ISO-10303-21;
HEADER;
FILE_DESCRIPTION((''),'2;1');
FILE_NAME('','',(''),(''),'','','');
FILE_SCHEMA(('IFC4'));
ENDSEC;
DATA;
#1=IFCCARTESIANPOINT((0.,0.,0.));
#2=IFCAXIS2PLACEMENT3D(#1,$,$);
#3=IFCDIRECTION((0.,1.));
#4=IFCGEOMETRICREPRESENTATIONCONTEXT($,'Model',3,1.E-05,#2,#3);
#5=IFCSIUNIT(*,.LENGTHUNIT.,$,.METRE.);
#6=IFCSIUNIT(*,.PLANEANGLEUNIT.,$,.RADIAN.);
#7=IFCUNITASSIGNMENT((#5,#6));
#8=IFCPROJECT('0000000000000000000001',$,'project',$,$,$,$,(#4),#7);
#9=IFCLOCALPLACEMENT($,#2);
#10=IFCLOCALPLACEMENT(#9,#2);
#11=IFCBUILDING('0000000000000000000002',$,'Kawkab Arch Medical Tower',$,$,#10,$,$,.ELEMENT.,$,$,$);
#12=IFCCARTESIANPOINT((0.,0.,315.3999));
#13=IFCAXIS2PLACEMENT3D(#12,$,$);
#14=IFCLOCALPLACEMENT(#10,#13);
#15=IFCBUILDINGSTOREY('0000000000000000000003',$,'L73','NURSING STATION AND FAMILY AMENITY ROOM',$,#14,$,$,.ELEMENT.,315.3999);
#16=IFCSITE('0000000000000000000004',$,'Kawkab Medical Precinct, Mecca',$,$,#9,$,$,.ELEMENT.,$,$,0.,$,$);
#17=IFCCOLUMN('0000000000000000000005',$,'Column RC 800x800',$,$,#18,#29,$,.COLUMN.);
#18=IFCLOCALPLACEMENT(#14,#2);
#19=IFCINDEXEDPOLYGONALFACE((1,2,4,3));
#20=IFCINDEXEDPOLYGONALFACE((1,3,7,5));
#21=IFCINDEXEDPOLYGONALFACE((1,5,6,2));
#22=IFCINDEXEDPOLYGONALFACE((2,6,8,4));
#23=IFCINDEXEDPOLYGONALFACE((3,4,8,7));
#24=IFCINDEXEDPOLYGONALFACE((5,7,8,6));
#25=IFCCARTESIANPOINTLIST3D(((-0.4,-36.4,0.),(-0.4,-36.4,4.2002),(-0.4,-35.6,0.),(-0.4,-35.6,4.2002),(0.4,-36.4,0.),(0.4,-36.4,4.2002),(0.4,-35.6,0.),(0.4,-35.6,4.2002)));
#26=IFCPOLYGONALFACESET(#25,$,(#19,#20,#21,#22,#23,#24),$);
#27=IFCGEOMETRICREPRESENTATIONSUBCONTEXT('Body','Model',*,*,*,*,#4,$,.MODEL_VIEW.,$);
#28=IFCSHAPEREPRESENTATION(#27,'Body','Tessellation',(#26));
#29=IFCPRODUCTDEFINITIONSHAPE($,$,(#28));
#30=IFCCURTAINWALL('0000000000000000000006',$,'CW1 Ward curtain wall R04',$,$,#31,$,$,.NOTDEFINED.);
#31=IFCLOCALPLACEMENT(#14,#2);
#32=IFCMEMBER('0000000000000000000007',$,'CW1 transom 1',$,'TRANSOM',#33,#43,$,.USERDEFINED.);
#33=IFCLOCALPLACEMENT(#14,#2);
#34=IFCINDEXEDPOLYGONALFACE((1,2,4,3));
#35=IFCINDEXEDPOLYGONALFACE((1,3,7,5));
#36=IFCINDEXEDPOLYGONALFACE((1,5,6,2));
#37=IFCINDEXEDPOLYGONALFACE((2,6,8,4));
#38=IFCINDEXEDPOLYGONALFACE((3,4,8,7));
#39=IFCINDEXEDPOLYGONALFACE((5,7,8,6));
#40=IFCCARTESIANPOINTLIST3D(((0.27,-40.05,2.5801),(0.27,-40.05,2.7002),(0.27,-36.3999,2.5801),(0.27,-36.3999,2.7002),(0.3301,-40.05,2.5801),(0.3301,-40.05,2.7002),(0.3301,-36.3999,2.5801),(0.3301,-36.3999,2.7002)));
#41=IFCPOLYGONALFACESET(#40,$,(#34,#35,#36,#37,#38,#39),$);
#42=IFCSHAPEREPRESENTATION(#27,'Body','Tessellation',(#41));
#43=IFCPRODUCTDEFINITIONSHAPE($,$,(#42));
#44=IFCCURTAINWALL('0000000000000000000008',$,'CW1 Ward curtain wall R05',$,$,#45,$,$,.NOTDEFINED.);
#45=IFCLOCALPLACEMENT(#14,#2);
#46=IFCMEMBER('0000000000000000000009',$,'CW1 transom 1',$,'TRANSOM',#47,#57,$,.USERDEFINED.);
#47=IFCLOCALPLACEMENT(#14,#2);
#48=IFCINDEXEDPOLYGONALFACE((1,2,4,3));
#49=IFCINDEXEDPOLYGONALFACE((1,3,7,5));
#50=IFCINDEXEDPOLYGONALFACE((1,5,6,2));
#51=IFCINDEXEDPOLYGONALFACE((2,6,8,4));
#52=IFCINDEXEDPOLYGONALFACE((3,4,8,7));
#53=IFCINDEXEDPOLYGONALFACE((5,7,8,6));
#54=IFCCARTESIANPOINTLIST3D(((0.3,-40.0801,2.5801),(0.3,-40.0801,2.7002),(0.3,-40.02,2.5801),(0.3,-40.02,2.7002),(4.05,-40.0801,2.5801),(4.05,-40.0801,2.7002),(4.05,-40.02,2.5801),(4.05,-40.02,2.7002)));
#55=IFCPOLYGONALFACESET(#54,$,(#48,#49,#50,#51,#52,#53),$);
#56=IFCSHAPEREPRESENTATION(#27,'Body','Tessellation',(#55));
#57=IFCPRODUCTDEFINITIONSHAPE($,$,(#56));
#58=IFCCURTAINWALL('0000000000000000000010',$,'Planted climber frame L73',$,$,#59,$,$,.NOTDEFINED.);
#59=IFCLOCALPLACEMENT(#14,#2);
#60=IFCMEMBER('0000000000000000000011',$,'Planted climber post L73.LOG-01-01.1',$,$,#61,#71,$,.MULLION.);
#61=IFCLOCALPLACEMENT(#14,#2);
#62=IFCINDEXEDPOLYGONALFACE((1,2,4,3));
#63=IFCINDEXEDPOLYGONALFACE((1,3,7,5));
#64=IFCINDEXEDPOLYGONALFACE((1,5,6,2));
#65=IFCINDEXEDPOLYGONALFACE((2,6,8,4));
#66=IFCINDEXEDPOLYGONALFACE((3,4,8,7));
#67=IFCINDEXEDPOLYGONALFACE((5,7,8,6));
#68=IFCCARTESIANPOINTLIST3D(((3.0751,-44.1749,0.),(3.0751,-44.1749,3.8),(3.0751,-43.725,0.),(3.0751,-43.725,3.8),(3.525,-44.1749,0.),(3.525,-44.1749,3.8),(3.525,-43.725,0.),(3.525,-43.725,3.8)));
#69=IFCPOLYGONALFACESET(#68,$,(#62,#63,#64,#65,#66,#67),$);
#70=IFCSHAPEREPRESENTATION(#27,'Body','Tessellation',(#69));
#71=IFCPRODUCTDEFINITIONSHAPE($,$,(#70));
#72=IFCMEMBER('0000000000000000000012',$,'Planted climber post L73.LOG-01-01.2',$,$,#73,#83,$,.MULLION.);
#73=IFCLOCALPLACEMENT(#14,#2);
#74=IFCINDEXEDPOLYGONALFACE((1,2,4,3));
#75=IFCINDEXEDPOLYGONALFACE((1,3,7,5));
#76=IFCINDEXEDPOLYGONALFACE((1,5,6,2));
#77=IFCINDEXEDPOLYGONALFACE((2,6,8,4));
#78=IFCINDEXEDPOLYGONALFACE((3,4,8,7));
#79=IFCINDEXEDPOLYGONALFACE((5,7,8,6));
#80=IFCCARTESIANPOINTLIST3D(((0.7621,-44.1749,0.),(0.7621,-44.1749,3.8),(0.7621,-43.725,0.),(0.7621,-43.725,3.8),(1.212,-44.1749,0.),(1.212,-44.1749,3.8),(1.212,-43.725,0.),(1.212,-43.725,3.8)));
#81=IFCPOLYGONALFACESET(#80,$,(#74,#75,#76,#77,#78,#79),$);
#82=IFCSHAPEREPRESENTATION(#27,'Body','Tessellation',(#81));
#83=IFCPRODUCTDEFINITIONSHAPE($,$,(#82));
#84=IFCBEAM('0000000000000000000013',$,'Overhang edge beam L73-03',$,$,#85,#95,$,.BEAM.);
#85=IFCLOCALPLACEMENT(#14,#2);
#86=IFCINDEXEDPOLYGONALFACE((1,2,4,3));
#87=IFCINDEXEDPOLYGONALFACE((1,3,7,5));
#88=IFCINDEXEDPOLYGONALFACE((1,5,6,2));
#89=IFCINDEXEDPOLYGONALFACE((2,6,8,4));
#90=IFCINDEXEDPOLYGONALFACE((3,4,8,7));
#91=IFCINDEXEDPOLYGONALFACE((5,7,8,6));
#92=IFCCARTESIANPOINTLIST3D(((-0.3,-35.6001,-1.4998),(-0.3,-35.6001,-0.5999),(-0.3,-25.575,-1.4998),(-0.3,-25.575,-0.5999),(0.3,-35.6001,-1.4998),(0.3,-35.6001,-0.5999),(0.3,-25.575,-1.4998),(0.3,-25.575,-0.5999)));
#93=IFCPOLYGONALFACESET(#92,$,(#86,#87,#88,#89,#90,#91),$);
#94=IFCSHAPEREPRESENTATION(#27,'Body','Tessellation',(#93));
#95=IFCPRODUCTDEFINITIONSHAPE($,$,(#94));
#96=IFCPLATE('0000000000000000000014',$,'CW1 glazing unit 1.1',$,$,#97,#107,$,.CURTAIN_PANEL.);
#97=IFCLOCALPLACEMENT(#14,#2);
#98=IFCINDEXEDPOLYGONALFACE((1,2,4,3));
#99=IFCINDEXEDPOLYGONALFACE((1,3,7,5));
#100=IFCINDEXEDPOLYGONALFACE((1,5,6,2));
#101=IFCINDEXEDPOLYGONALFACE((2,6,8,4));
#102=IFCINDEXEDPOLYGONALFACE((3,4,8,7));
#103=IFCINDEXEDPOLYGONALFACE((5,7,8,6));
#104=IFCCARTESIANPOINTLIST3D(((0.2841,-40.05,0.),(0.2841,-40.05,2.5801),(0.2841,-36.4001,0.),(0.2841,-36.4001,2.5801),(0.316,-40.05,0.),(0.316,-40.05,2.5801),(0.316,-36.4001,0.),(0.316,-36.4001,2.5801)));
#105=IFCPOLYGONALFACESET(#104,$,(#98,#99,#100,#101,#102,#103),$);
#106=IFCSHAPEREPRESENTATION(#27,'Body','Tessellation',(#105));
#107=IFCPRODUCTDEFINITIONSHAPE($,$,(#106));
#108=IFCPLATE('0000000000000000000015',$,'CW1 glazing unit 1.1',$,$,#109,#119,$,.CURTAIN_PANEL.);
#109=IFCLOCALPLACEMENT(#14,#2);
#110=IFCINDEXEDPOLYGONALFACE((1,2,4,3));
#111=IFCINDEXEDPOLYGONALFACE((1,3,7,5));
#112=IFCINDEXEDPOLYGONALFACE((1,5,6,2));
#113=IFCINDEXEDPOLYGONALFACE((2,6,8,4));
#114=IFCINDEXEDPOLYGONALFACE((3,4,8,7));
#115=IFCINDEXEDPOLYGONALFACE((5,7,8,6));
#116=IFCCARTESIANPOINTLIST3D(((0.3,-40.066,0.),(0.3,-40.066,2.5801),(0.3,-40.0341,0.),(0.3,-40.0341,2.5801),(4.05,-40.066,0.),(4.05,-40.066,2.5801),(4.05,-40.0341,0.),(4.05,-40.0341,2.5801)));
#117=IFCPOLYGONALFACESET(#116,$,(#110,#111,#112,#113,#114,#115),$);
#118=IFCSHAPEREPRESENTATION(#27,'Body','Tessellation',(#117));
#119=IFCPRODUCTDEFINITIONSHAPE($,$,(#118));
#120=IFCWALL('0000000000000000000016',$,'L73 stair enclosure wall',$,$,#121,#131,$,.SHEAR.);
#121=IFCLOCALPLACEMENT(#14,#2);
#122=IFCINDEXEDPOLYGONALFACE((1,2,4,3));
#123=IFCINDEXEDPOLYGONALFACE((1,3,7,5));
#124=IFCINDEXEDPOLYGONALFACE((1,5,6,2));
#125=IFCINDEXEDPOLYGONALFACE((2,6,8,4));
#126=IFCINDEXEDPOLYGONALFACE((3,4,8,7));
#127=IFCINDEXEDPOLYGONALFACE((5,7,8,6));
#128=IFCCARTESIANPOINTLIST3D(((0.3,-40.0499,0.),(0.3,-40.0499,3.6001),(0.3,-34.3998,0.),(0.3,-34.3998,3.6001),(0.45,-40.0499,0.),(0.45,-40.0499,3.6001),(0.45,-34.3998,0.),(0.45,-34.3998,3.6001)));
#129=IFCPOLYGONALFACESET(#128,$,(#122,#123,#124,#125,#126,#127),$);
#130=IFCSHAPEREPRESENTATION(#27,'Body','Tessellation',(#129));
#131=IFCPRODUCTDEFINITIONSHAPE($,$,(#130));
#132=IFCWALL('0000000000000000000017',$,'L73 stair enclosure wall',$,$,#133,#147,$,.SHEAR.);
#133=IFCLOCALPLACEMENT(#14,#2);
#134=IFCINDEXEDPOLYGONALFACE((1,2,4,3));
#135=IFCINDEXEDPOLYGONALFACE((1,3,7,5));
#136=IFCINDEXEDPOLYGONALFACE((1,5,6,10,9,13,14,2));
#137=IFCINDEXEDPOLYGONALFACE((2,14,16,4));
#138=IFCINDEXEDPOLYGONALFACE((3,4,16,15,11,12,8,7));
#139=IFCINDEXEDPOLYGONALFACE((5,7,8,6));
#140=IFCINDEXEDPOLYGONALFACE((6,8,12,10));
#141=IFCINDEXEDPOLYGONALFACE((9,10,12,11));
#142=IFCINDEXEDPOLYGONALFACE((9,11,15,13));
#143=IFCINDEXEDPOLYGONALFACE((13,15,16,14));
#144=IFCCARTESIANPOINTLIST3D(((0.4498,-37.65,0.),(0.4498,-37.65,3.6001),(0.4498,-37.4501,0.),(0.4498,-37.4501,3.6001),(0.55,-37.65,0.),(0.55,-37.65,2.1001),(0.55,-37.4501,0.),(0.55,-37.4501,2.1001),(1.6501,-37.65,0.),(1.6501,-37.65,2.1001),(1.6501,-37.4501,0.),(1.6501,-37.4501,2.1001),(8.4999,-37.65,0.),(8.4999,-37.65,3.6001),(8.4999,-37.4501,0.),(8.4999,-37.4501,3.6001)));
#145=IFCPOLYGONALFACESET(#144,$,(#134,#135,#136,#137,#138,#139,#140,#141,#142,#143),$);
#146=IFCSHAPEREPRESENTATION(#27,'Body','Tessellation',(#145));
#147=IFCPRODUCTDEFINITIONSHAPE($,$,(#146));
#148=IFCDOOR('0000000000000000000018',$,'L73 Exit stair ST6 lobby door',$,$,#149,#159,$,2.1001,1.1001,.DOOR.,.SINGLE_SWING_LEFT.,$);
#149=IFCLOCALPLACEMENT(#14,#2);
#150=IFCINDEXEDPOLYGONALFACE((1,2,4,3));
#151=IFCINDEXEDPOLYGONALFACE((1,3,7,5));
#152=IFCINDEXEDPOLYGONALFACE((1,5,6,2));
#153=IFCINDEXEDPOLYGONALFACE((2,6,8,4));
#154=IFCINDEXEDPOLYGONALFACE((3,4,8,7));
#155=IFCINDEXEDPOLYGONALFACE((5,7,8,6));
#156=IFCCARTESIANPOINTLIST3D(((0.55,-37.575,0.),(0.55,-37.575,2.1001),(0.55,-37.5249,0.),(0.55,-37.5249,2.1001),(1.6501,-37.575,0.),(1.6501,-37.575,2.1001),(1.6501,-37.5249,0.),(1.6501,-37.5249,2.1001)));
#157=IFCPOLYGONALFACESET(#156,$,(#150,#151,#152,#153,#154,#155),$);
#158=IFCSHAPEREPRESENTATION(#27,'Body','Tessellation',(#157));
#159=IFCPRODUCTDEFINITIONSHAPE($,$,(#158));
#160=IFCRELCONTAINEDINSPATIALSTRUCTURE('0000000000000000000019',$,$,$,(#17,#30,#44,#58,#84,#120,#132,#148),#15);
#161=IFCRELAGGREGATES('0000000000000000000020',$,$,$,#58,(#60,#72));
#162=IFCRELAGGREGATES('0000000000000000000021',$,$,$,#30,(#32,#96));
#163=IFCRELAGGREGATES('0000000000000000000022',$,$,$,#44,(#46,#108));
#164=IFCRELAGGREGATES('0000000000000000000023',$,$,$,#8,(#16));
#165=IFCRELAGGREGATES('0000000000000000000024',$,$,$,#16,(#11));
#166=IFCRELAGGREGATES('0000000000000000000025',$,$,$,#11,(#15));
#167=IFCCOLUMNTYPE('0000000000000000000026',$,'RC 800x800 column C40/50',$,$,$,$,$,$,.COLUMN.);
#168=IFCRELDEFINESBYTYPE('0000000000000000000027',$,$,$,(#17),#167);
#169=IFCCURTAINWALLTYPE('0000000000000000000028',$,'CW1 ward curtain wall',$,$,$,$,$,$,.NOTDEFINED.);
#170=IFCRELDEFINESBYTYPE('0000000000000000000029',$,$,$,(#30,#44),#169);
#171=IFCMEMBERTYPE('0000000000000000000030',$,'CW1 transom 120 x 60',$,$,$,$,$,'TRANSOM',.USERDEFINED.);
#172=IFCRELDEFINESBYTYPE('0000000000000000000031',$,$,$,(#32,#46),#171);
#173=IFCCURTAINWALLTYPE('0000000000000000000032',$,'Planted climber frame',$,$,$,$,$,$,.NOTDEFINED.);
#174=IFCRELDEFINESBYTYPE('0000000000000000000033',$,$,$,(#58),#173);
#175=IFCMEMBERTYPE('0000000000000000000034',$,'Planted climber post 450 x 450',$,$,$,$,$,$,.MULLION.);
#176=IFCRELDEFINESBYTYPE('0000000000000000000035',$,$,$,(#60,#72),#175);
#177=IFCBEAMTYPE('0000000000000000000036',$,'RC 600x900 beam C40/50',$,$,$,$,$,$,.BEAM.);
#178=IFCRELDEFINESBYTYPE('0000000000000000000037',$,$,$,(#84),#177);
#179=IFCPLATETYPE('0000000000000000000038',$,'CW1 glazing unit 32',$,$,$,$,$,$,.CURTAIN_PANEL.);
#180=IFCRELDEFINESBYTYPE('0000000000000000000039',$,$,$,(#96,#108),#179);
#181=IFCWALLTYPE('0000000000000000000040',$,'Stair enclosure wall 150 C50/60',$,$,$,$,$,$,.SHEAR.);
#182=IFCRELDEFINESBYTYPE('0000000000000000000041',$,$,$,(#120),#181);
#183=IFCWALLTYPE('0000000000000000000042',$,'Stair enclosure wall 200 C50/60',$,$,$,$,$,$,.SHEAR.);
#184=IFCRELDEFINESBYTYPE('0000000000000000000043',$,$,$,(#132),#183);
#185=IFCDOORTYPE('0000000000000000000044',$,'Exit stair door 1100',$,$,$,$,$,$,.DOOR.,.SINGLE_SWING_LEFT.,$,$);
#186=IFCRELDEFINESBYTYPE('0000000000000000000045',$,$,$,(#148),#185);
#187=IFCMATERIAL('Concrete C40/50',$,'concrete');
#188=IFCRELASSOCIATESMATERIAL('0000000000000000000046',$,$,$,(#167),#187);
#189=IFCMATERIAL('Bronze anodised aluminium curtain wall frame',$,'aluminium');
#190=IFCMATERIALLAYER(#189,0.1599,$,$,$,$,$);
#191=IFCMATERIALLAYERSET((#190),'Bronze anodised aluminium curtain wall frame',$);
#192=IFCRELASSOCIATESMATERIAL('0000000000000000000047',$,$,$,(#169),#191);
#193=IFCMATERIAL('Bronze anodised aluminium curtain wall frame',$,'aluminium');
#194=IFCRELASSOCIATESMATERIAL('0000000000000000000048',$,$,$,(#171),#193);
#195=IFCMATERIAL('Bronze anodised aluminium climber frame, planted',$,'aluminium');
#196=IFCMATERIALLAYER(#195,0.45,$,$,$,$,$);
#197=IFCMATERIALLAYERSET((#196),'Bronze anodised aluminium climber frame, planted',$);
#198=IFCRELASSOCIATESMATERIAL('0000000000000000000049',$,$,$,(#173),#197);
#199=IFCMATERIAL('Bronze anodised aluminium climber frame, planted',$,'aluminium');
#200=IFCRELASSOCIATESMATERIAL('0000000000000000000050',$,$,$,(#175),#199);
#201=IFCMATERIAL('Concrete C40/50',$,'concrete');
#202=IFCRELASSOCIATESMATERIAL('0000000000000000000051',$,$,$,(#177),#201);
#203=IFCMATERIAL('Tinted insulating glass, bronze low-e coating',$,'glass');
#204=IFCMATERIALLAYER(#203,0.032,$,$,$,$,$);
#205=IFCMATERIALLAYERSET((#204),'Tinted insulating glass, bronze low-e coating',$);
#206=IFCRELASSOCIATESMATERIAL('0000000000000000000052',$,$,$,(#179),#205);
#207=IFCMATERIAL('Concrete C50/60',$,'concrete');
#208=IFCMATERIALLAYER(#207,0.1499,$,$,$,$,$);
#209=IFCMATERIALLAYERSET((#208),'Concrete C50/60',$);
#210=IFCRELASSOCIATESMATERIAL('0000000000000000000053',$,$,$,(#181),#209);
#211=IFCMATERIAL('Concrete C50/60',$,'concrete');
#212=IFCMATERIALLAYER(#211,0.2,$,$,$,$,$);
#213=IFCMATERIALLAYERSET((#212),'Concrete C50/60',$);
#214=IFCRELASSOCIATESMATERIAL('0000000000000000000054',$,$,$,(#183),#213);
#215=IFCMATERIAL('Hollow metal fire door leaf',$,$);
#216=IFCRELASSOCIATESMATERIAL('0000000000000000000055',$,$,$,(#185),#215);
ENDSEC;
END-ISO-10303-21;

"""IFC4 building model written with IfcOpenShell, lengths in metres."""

from ifc_helpers import new_model, si_unit, direction, frame, frame_2d, origin, origin_2d, place, context, subcontext, project, spatial, rectangle, extrude, material, layer, layer_set, material_profile, profile_set, type_object, element, fill, aggregate, save


model = new_model("IFC4")

# Units and contexts
model_context = context("Model", 3, precision=1e-05, world=origin(), true_north=direction((0.0, 1.0)))
body_context = subcontext(model_context, "Body", "Model", "MODEL_VIEW")
ifc_project = project(units=[si_unit("LENGTHUNIT", "METRE"), si_unit("PLANEANGLEUNIT", "RADIAN")], contexts=[model_context])

# Site, building, storey
site_placement = place(None, origin())
site = spatial("IfcSite", under=ifc_project, at=site_placement, Name="Kawkab Medical Precinct, Mecca", CompositionType="ELEMENT", RefElevation=0.0)
building_placement = place(site_placement, origin())
building = spatial("IfcBuilding", under=site, at=building_placement, Name="Kawkab Arch Medical Tower", CompositionType="ELEMENT")
storey_placement = place(building_placement, frame((0.0, 0.0, 315.3999)))
storey = spatial("IfcBuildingStorey", under=building, at=storey_placement, Name="L73", Description="NURSING STATION AND FAMILY AMENITY ROOM", CompositionType="ELEMENT", Elevation=315.3999)

# Column
ifc_material_1 = material(Name="Concrete C40/50", Category="concrete")
ifc_material_profile_1 = material_profile(ifc_material_1, rectangle(XDim=0.8, YDim=0.8, at=origin_2d()), Name="RC 800x800")
ifc_profile_set_1 = profile_set([ifc_material_profile_1], Name="Concrete C40/50")
column_type = type_object("IfcColumnType", Name="RC 800x800 column C40/50", PredefinedType="COLUMN", material=ifc_profile_set_1)
column_placement = place(storey_placement, frame((0.0, -36.0, 0.0), z_axis=(0.0, 0.0, 1.0), x_axis=(1.0, 0.0, 0.0)))
element("IfcColumn", 1, at=column_placement, inside=storey, type_object=column_type, Name="Column RC 800x800", PredefinedType="COLUMN", context=body_context, shape_type="SweptSolid", body=[
    extrude(rectangle(XDim=0.8, YDim=0.8, at=origin_2d()), origin(), (0.0, 0.0, 1.0), 4.2002),
])

# Curtain walls, members
ifc_material_2 = material(Name="Bronze anodised aluminium curtain wall frame", Category="aluminium")
ifc_layer_1 = layer(ifc_material_2, 0.1599)
ifc_layer_set_1 = layer_set([ifc_layer_1], Name="Bronze anodised aluminium curtain wall frame")
curtain_wall_type_1 = type_object("IfcCurtainWallType", Name="CW1 ward curtain wall", PredefinedType="NOTDEFINED", material=ifc_layer_set_1)
placement = place(storey_placement, origin())
curtain_wall_1 = element("IfcCurtainWall", 2, at=placement, inside=storey, type_object=curtain_wall_type_1, Name="CW1 Ward curtain wall R04", PredefinedType="NOTDEFINED")
ifc_material_3 = material(Name="Bronze anodised aluminium curtain wall frame", Category="aluminium")
ifc_material_profile_2 = material_profile(ifc_material_3, rectangle(XDim=0.0601, YDim=0.1201, at=origin_2d()), Name="AL 60x120")
ifc_profile_set_2 = profile_set([ifc_material_profile_2], Name="Bronze anodised aluminium curtain wall frame")
member_type_1 = type_object("IfcMemberType", Name="CW1 transom 120 x 60", ElementType="TRANSOM", PredefinedType="USERDEFINED", material=ifc_profile_set_2)
member_1_placement = place(storey_placement, frame((0.3, -36.3999, 2.6401), z_axis=(0.0, -1.0, 0.0), x_axis=(1.0, 0.0, 0.0)))
member_1 = element("IfcMember", 3, at=member_1_placement, type_object=member_type_1, Name="CW1 transom 1", ObjectType="TRANSOM", PredefinedType="USERDEFINED", context=body_context, shape_type="SweptSolid", body=[
    extrude(rectangle(XDim=0.0601, YDim=0.1201, at=origin_2d()), origin(), (0.0, 0.0, 1.0), 3.6501),
])
curtain_wall_2 = element("IfcCurtainWall", 4, at=placement, inside=storey, type_object=curtain_wall_type_1, Name="CW1 Ward curtain wall R05", PredefinedType="NOTDEFINED")
member_2_placement = place(storey_placement, frame((0.3, -40.05, 2.6401), z_axis=(1.0, 0.0, 0.0), x_axis=(0.0, 1.0, 0.0)))
member_2 = element("IfcMember", 5, at=member_2_placement, type_object=member_type_1, Name="CW1 transom 1", ObjectType="TRANSOM", PredefinedType="USERDEFINED", context=body_context, shape_type="SweptSolid", body=[
    extrude(rectangle(XDim=0.0601, YDim=0.1201, at=origin_2d()), origin(), (0.0, 0.0, 1.0), 3.75),
])

# Curtain wall, members
ifc_material_4 = material(Name="Bronze anodised aluminium climber frame, planted", Category="aluminium")
ifc_layer_2 = layer(ifc_material_4, 0.45)
ifc_layer_set_2 = layer_set([ifc_layer_2], Name="Bronze anodised aluminium climber frame, planted")
curtain_wall_type_2 = type_object("IfcCurtainWallType", Name="Planted climber frame", PredefinedType="NOTDEFINED", material=ifc_layer_set_2)
curtain_wall_3 = element("IfcCurtainWall", 6, at=placement, inside=storey, type_object=curtain_wall_type_2, Name="Planted climber frame L73", PredefinedType="NOTDEFINED")
ifc_material_5 = material(Name="Bronze anodised aluminium climber frame, planted", Category="aluminium")
ifc_material_profile_3 = material_profile(ifc_material_5, rectangle(XDim=0.45, YDim=0.45, at=origin_2d()), Name="Post 450x450")
ifc_profile_set_3 = profile_set([ifc_material_profile_3], Name="Bronze anodised aluminium climber frame, planted")
member_type_2 = type_object("IfcMemberType", Name="Planted climber post 450 x 450", PredefinedType="MULLION", material=ifc_profile_set_3)
member_3_placement = place(storey_placement, frame((3.3, -43.95, 0.0), z_axis=(0.0, 0.0, 1.0), x_axis=(1.0, 0.0, 0.0)))
member_3 = element("IfcMember", 7, at=member_3_placement, type_object=member_type_2, Name="Planted climber post L73.LOG-01-01.1", PredefinedType="MULLION", context=body_context, shape_type="SweptSolid", body=[
    extrude(rectangle(XDim=0.45, YDim=0.45, at=origin_2d()), origin(), (0.0, 0.0, 1.0), 3.8),
])
member_4_placement = place(storey_placement, frame((0.9871, -43.95, 0.0), z_axis=(0.0, 0.0, 1.0), x_axis=(1.0, 0.0, 0.0)))
member_4 = element("IfcMember", 8, at=member_4_placement, type_object=member_type_2, Name="Planted climber post L73.LOG-01-01.2", PredefinedType="MULLION", context=body_context, shape_type="SweptSolid", body=[
    extrude(rectangle(XDim=0.45, YDim=0.45, at=origin_2d()), origin(), (0.0, 0.0, 1.0), 3.8),
])
aggregate(curtain_wall_3, [member_3, member_4])

# Beam
ifc_material_6 = material(Name="Concrete C40/50", Category="concrete")
ifc_material_profile_4 = material_profile(ifc_material_6, rectangle(XDim=0.6001, YDim=0.8999, at=origin_2d()), Name="RC 600x900")
ifc_profile_set_4 = profile_set([ifc_material_profile_4], Name="Concrete C40/50")
beam_type = type_object("IfcBeamType", Name="RC 600x900 beam C40/50", PredefinedType="BEAM", material=ifc_profile_set_4)
beam_placement = place(storey_placement, frame((0.0, -35.6001, -1.0498), z_axis=(0.0, 1.0, 0.0), x_axis=(-1.0, 0.0, 0.0)))
element("IfcBeam", 9, at=beam_placement, inside=storey, type_object=beam_type, Name="Overhang edge beam L73-03", PredefinedType="BEAM", context=body_context, shape_type="SweptSolid", body=[
    extrude(rectangle(XDim=0.6001, YDim=0.8999, at=origin_2d()), origin(), (0.0, 0.0, 1.0), 10.0251),
])

# Plates
ifc_material_7 = material(Name="Tinted insulating glass, bronze low-e coating", Category="glass")
ifc_layer_3 = layer(ifc_material_7, 0.032)
ifc_layer_set_3 = layer_set([ifc_layer_3], Name="Tinted insulating glass, bronze low-e coating")
plate_type = type_object("IfcPlateType", Name="CW1 glazing unit 32", PredefinedType="CURTAIN_PANEL", material=ifc_layer_set_3)
plate_1_placement = place(storey_placement, frame((0.3, -38.2251, 0.0), z_axis=(0.0, 0.0, 1.0), x_axis=(0.0, -1.0, 0.0)))
plate_1 = element("IfcPlate", 10, at=plate_1_placement, type_object=plate_type, Name="CW1 glazing unit 1.1", PredefinedType="CURTAIN_PANEL", context=body_context, shape_type="SweptSolid", body=[
    extrude(rectangle(XDim=3.6499, YDim=0.032, at=origin_2d()), origin(), (0.0, 0.0, 1.0), 2.5801),
])
aggregate(curtain_wall_1, [member_1, plate_1])
plate_2_placement = place(storey_placement, frame((2.175, -40.05, 0.0), z_axis=(0.0, 0.0, 1.0), x_axis=(1.0, 0.0, 0.0)))
plate_2 = element("IfcPlate", 11, at=plate_2_placement, type_object=plate_type, Name="CW1 glazing unit 1.1", PredefinedType="CURTAIN_PANEL", context=body_context, shape_type="SweptSolid", body=[
    extrude(rectangle(XDim=3.75, YDim=0.032, at=origin_2d()), origin(), (0.0, 0.0, 1.0), 2.5801),
])
aggregate(curtain_wall_2, [member_2, plate_2])

# Wall
ifc_material_8 = material(Name="Concrete C50/60", Category="concrete")
ifc_layer_4 = layer(ifc_material_8, 0.1499)
ifc_layer_set_4 = layer_set([ifc_layer_4], Name="Concrete C50/60")
wall_type_1 = type_object("IfcWallType", Name="Stair enclosure wall 150 C50/60", PredefinedType="SHEAR", material=ifc_layer_set_4)
wall_1_placement = place(storey_placement, frame((0.375, -40.05, 0.0), z_axis=(0.0, 0.0, 1.0), x_axis=(0.0, 1.0, 0.0)))
element("IfcWall", 12, at=wall_1_placement, inside=storey, type_object=wall_type_1, Name="L73 stair enclosure wall", PredefinedType="SHEAR", context=body_context, shape_type="SweptSolid", body=[
    extrude(rectangle(XDim=5.6501, YDim=0.1499, at=frame_2d((2.8252, 0.0))), origin(), (0.0, 0.0, 1.0), 3.6001),
])

# Wall, opening, door
ifc_material_9 = material(Name="Concrete C50/60", Category="concrete")
ifc_layer_5 = layer(ifc_material_9, 0.2)
ifc_layer_set_5 = layer_set([ifc_layer_5], Name="Concrete C50/60")
wall_type_2 = type_object("IfcWallType", Name="Stair enclosure wall 200 C50/60", PredefinedType="SHEAR", material=ifc_layer_set_5)
wall_2_placement = place(storey_placement, frame((0.45, -37.55, 0.0), z_axis=(0.0, 0.0, 1.0), x_axis=(1.0, 0.0, 0.0)))
wall_2 = element("IfcWall", 13, at=wall_2_placement, inside=storey, type_object=wall_type_2, Name="L73 stair enclosure wall", PredefinedType="SHEAR", context=body_context, shape_type="SweptSolid", body=[
    extrude(rectangle(XDim=8.05, YDim=0.2, at=frame_2d((4.0249, 0.0))), origin(), (0.0, 0.0, 1.0), 3.6001),
])
opening_1_placement = place(wall_2_placement, frame((0.1001, 0.0, 0.0)))
opening_1 = element("IfcOpeningElement", 14, at=opening_1_placement, cuts=wall_2, PredefinedType="OPENING", context=body_context, shape_type="SweptSolid", body=[
    extrude(rectangle(XDim=1.1001, YDim=2.1001, at=frame_2d((0.55, 1.05))), frame((0.0, 0.1099, 0.0), z_axis=(0.0, -1.0, 0.0), x_axis=(1.0, 0.0, 0.0)), (0.0, 0.0, 1.0), 0.22),
])
ifc_material_10 = material(Name="Hollow metal fire door leaf")
door_type_1 = type_object("IfcDoorType", Name="Exit stair door 1100", OperationType="SINGLE_SWING_LEFT", PredefinedType="DOOR", material=ifc_material_10)
door_1_placement = place(opening_1_placement, frame((1.1001, 0.0, 0.0), z_axis=(0.0, 0.0, 1.0), x_axis=(-1.0, 0.0, 0.0)))
door_1 = element("IfcDoor", 15, at=door_1_placement, inside=storey, type_object=door_type_1, Name="L73 Exit stair ST6 lobby door", OperationType="SINGLE_SWING_LEFT", OverallHeight=2.1001, OverallWidth=1.1001, PredefinedType="DOOR", context=body_context, shape_type="SweptSolid", body=[
    extrude(rectangle(XDim=1.1001, YDim=2.1001, at=frame_2d((0.55, 1.05))), frame((0.0, 0.0249, 0.0), z_axis=(0.0, -1.0, 0.0), x_axis=(1.0, 0.0, 0.0)), (0.0, 0.0, 1.0), 0.05),
])
fill(opening_1, door_1)

save(model, "model.ifc")
